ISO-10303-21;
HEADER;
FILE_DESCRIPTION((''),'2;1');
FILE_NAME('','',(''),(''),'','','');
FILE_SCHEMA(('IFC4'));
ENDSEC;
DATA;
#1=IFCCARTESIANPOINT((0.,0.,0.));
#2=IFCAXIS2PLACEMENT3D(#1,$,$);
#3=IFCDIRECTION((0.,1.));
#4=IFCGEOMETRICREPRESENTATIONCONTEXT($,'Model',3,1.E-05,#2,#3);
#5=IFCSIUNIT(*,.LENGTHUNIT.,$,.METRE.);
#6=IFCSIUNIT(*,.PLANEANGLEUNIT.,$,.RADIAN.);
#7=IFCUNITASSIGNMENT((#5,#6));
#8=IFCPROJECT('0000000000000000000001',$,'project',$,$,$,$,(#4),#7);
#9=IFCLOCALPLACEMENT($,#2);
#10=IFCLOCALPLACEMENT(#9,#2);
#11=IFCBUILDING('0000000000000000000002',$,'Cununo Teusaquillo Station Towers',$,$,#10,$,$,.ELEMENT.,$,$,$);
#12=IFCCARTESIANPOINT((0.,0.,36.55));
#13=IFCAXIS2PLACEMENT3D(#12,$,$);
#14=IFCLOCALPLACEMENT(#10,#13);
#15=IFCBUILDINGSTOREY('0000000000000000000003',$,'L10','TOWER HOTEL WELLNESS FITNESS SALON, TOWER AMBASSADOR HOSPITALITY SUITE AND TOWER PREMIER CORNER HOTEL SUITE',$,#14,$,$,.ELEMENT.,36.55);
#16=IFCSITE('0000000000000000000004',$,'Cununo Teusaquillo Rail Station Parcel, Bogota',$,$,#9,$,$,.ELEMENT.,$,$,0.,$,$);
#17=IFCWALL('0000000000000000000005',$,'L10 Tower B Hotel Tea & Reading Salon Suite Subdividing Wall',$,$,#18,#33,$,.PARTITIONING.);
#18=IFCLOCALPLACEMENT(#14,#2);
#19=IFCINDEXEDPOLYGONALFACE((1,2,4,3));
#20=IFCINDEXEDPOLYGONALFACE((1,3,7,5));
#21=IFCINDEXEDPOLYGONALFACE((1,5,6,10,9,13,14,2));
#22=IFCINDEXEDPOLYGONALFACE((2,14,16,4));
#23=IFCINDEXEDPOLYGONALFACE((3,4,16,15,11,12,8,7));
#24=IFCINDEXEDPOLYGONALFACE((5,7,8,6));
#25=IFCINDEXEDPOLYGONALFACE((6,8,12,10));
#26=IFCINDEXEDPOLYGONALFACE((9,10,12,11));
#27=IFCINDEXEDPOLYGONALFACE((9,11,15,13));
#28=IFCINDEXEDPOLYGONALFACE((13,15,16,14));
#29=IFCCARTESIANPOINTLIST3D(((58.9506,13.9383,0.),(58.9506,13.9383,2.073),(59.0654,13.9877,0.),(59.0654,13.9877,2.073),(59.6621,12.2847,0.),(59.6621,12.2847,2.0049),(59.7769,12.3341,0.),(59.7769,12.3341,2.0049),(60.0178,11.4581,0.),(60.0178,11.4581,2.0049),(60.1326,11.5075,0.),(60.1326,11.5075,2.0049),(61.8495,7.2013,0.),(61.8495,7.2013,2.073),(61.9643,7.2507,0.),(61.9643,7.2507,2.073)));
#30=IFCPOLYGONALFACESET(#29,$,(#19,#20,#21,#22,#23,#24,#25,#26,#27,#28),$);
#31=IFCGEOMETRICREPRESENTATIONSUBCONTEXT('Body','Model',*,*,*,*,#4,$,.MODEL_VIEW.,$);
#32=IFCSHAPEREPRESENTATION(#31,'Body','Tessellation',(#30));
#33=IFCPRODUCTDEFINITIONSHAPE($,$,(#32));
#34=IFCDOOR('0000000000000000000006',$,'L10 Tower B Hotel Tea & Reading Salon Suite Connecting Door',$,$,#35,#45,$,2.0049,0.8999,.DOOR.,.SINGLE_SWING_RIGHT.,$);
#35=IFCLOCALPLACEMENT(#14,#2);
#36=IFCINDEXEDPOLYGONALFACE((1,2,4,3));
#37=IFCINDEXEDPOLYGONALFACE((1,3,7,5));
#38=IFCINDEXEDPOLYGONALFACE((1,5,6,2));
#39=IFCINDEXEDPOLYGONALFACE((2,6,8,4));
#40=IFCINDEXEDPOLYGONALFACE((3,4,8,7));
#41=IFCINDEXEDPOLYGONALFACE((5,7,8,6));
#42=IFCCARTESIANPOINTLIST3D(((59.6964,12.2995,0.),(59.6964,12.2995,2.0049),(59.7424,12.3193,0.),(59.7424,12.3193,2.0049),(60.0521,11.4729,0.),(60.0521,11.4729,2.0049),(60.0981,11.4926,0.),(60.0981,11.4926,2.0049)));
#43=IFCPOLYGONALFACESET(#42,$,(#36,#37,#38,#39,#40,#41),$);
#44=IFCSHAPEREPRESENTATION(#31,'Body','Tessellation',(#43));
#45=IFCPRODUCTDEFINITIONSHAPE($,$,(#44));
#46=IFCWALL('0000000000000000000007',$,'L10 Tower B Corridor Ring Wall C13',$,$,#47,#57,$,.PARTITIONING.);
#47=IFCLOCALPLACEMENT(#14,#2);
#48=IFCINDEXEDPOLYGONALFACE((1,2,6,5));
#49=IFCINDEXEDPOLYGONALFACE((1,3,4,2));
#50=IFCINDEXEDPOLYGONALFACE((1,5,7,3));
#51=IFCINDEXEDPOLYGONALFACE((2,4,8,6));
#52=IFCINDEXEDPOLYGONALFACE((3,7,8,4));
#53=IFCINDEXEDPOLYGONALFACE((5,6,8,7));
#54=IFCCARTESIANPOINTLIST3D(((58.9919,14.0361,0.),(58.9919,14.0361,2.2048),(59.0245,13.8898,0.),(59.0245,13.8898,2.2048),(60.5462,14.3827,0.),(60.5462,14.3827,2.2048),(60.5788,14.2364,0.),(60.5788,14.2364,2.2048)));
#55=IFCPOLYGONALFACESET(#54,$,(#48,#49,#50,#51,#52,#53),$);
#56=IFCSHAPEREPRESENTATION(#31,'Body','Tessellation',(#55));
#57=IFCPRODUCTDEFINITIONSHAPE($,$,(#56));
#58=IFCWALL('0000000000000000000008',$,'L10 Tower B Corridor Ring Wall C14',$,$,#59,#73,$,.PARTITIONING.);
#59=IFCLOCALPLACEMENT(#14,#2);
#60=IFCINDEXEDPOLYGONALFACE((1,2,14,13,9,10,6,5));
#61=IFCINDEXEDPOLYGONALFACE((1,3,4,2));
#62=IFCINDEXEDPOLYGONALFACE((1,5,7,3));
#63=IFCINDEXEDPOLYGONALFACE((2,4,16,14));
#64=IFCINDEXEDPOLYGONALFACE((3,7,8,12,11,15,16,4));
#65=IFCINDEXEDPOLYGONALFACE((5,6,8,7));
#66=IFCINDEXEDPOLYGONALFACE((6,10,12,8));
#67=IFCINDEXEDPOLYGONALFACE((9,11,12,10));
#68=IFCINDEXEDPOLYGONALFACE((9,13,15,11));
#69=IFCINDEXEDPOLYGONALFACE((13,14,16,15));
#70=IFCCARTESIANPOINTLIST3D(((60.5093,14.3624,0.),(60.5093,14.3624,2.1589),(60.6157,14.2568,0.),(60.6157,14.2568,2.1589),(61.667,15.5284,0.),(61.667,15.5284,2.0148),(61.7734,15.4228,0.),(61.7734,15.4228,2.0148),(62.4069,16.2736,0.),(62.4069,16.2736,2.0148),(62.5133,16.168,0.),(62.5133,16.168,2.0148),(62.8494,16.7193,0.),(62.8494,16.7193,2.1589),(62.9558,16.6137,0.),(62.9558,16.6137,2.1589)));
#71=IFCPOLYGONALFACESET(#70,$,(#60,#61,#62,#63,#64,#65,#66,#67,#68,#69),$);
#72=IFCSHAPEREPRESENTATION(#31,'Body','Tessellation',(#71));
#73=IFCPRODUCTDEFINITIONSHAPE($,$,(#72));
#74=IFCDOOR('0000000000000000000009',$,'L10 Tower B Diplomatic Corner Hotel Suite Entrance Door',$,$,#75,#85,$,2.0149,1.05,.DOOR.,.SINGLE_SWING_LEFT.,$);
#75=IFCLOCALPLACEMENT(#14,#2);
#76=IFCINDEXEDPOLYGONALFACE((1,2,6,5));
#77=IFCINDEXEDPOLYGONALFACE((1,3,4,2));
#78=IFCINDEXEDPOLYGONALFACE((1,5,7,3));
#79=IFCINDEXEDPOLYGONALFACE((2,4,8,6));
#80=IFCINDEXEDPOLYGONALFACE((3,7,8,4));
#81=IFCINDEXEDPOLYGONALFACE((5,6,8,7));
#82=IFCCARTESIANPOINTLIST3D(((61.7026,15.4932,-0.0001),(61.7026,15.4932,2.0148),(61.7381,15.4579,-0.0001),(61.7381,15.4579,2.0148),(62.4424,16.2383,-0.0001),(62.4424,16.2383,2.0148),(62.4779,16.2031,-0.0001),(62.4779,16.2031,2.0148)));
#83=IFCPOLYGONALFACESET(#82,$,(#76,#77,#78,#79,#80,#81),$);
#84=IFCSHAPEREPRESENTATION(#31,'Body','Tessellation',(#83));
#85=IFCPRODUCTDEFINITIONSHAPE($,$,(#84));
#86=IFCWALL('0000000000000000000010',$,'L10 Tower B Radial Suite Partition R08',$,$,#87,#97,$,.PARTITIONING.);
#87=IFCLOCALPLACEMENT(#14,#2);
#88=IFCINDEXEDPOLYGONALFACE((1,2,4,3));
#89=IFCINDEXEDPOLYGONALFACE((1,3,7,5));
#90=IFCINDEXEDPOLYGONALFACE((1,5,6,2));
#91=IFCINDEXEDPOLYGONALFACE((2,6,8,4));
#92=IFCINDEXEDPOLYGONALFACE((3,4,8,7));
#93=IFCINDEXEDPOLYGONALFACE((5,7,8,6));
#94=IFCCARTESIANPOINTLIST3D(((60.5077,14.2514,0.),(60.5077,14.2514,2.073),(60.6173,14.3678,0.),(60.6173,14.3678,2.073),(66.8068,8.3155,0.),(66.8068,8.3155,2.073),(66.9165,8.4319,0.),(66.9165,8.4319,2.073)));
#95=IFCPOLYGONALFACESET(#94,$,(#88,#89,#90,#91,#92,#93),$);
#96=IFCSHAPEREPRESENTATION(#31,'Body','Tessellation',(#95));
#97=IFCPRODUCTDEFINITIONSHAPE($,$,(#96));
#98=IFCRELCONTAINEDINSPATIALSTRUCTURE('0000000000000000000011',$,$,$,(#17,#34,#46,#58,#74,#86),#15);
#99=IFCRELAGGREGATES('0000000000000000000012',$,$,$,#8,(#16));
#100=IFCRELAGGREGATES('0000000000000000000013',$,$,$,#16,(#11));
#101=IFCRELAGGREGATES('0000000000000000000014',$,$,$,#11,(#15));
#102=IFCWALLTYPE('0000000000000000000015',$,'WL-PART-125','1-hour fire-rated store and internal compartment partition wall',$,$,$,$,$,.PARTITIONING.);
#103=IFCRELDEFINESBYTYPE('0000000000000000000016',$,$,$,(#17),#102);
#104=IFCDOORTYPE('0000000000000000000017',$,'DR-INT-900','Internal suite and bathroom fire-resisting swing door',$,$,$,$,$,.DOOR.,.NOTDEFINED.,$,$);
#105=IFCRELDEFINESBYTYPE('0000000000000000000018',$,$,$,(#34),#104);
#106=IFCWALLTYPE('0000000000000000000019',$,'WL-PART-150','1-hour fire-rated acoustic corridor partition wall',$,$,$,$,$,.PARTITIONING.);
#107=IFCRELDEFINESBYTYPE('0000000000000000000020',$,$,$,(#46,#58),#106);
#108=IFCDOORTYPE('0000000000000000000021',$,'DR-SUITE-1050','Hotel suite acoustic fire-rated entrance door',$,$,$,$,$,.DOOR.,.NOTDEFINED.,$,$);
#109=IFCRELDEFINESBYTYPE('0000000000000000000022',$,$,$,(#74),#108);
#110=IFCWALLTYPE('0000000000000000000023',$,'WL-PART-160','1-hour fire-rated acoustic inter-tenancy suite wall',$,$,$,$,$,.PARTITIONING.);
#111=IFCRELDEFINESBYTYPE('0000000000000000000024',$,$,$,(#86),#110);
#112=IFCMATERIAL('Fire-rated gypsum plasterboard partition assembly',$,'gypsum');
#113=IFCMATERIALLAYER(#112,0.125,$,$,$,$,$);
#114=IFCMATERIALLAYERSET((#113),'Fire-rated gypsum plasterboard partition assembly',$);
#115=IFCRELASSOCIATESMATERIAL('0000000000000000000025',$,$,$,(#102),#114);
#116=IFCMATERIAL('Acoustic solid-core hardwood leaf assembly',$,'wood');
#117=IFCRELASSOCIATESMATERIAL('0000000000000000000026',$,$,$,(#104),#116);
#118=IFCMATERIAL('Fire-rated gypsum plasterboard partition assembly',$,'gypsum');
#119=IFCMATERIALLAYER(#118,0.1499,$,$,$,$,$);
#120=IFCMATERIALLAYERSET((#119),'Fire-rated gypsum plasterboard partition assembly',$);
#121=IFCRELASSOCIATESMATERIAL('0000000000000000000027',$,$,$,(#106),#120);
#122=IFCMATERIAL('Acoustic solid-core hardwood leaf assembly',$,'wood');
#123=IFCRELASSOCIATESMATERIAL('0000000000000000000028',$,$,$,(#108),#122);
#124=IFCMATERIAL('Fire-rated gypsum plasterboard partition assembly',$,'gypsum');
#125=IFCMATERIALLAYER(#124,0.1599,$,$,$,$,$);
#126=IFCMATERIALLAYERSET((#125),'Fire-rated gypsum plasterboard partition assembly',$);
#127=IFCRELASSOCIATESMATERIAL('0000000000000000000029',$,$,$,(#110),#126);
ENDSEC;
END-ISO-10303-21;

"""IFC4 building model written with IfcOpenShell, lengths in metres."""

from ifc_helpers import new_model, si_unit, direction, frame, frame_2d, origin, place, context, subcontext, project, spatial, rectangle, extrude, source, transform, mapped, material, layer, layer_set, type_object, element, fill, save


model = new_model("IFC4")

# Units and contexts
model_context = context("Model", 3, precision=1e-05, world=origin(), true_north=direction((0.0, 1.0)))
body_context = subcontext(model_context, "Body", "Model", "MODEL_VIEW")
ifc_project = project(units=[si_unit("LENGTHUNIT", "METRE"), si_unit("PLANEANGLEUNIT", "RADIAN")], contexts=[model_context])

# Site, building, storey
site_placement = place(None, origin())
site = spatial("IfcSite", under=ifc_project, at=site_placement, Name="Cununo Teusaquillo Rail Station Parcel, Bogota", CompositionType="ELEMENT", RefElevation=0.0)
building_placement = place(site_placement, origin())
building = spatial("IfcBuilding", under=site, at=building_placement, Name="Cununo Teusaquillo Station Towers", CompositionType="ELEMENT")
storey_placement = place(building_placement, frame((0.0, 0.0, 36.55)))
storey = spatial("IfcBuildingStorey", under=building, at=storey_placement, Name="L10", Description="TOWER HOTEL WELLNESS FITNESS SALON, TOWER AMBASSADOR HOSPITALITY SUITE AND TOWER PREMIER CORNER HOTEL SUITE", CompositionType="ELEMENT", Elevation=36.55)

# Wall, opening, door
ifc_material_1 = material(Name="Fire-rated gypsum plasterboard partition assembly", Category="gypsum")
ifc_layer_1 = layer(ifc_material_1, 0.125)
ifc_layer_set_1 = layer_set([ifc_layer_1], Name="Fire-rated gypsum plasterboard partition assembly")
wall_type_1 = type_object("IfcWallType", Name="WL-PART-125", Description="1-hour fire-rated store and internal compartment partition wall", PredefinedType="PARTITIONING", material=ifc_layer_set_1)
wall_1_placement = place(storey_placement, frame((59.0081, 13.9629, 0.0), z_axis=(0.0, 0.0, 1.0), x_axis=(0.395257, -0.918571, 0.0)))
wall_1 = element("IfcWall", 1, at=wall_1_placement, inside=storey, type_object=wall_type_1, Name="L10 Tower B Hotel Tea & Reading Salon Suite Subdividing Wall", PredefinedType="PARTITIONING", context=body_context, shape_type="SweptSolid", body=[
    extrude(rectangle(XDim=7.3342, YDim=0.125, at=frame_2d((3.667, 0.0))), origin(), (0.0, 0.0, 1.0), 2.073),
])
shared_shape_1 = source(origin(), body_context, "Body", "SweptSolid", [
    extrude(rectangle(XDim=0.8999, YDim=2.0049, at=frame_2d((0.45, 1.0024))), frame((0.0, 0.0725, 0.0), z_axis=(0.0, -1.0, 0.0), x_axis=(1.0, 0.0, 0.0)), (0.0, 0.0, 1.0), 0.145),
])
opening_1_placement = place(wall_1_placement, frame((1.8, 0.0, 0.0)))
opening_1 = element("IfcOpeningElement", 2, at=opening_1_placement, cuts=wall_1, PredefinedType="OPENING", context=body_context, shape_type="MappedRepresentation", body=[
    mapped(shared_shape_1, transform((0.0, 0.0, 0.0), x_axis=(1.0, 0.0, 0.0), y_axis=(0.0, 1.0, 0.0), z_axis=(0.0, 0.0, 1.0), scale=1.0)),
])
ifc_material_2 = material(Name="Acoustic solid-core hardwood leaf assembly", Category="wood")
door_type_1 = type_object("IfcDoorType", Name="DR-INT-900", Description="Internal suite and bathroom fire-resisting swing door", OperationType="NOTDEFINED", PredefinedType="DOOR", material=ifc_material_2)
shared_shape_2 = source(origin(), body_context, "Body", "SweptSolid", [
    extrude(rectangle(XDim=0.8999, YDim=2.0049, at=frame_2d((0.45, 1.0024))), frame((0.0, 0.0249, 0.0), z_axis=(0.0, -1.0, 0.0), x_axis=(1.0, 0.0, 0.0)), (0.0, 0.0, 1.0), 0.05),
])
door_1_placement = place(opening_1_placement, origin())
door_1 = element("IfcDoor", 3, at=door_1_placement, inside=storey, type_object=door_type_1, Name="L10 Tower B Hotel Tea & Reading Salon Suite Connecting Door", OperationType="SINGLE_SWING_RIGHT", OverallHeight=2.0049, OverallWidth=0.8999, PredefinedType="DOOR", context=body_context, shape_type="MappedRepresentation", body=[
    mapped(shared_shape_2, transform((0.0, 0.0, 0.0), x_axis=(1.0, 0.0, 0.0), y_axis=(0.0, 1.0, 0.0), z_axis=(0.0, 0.0, 1.0), scale=1.0)),
])
fill(opening_1, door_1)

# Wall
ifc_material_3 = material(Name="Fire-rated gypsum plasterboard partition assembly", Category="gypsum")
ifc_layer_2 = layer(ifc_material_3, 0.1499)
ifc_layer_set_2 = layer_set([ifc_layer_2], Name="Fire-rated gypsum plasterboard partition assembly")
wall_type_2 = type_object("IfcWallType", Name="WL-PART-150", Description="1-hour fire-rated acoustic corridor partition wall", PredefinedType="PARTITIONING", material=ifc_layer_set_2)
wall_2_placement = place(storey_placement, frame((59.0081, 13.9629, 0.0), z_axis=(0.0, 0.0, 1.0), x_axis=(0.976021, 0.217677, 0.0)))
element("IfcWall", 4, at=wall_2_placement, inside=storey, type_object=wall_type_2, Name="L10 Tower B Corridor Ring Wall C13", PredefinedType="PARTITIONING", context=body_context, shape_type="SweptSolid", body=[
    extrude(rectangle(XDim=1.5925, YDim=0.1499, at=frame_2d((0.7964, 0.0))), origin(), (0.0, 0.0, 1.0), 2.2048),
])

# Wall, opening, door
wall_3_placement = place(storey_placement, frame((60.5625, 14.3096, 0.0), z_axis=(0.0, 0.0, 1.0), x_axis=(0.704566, 0.709638, 0.0)))
wall_3 = element("IfcWall", 5, at=wall_3_placement, inside=storey, type_object=wall_type_2, Name="L10 Tower B Corridor Ring Wall C14", PredefinedType="PARTITIONING", context=body_context, shape_type="SweptSolid", body=[
    extrude(rectangle(XDim=3.3213, YDim=0.1499, at=frame_2d((1.6606, 0.0))), origin(), (0.0, 0.0, 1.0), 2.1589),
])
shared_shape_3 = source(origin(), body_context, "Body", "SweptSolid", [
    extrude(rectangle(XDim=1.05, YDim=2.0149, at=frame_2d((0.5249, 1.0073))), frame((0.0, 0.085, 0.0), z_axis=(0.0, -1.0, 0.0), x_axis=(1.0, 0.0, 0.0)), (0.0, 0.0, 1.0), 0.1699),
])
opening_2_placement = place(wall_3_placement, frame((1.6433, 0.0, 0.0)))
opening_2 = element("IfcOpeningElement", 6, at=opening_2_placement, cuts=wall_3, PredefinedType="OPENING", context=body_context, shape_type="MappedRepresentation", body=[
    mapped(shared_shape_3, transform((0.0, 0.0, 0.0), x_axis=(1.0, 0.0, 0.0), y_axis=(0.0, 1.0, 0.0), z_axis=(0.0, 0.0, 1.0), scale=1.0)),
])
ifc_material_4 = material(Name="Acoustic solid-core hardwood leaf assembly", Category="wood")
door_type_2 = type_object("IfcDoorType", Name="DR-SUITE-1050", Description="Hotel suite acoustic fire-rated entrance door", OperationType="NOTDEFINED", PredefinedType="DOOR", material=ifc_material_4)
shared_shape_4 = source(origin(), body_context, "Body", "SweptSolid", [
    extrude(rectangle(XDim=1.05, YDim=2.0149, at=frame_2d((0.5249, 1.0073))), frame((0.0, 0.0249, 0.0), z_axis=(0.0, -1.0, 0.0), x_axis=(1.0, 0.0, 0.0)), (0.0, 0.0, 1.0), 0.05),
])
door_2_placement = place(opening_2_placement, origin())
door_2 = element("IfcDoor", 7, at=door_2_placement, inside=storey, type_object=door_type_2, Name="L10 Tower B Diplomatic Corner Hotel Suite Entrance Door", OperationType="SINGLE_SWING_LEFT", OverallHeight=2.0149, OverallWidth=1.05, PredefinedType="DOOR", context=body_context, shape_type="MappedRepresentation", body=[
    mapped(shared_shape_4, transform((0.0, 0.0, 0.0), x_axis=(1.0, 0.0, 0.0), y_axis=(0.0, 1.0, 0.0), z_axis=(0.0, 0.0, 1.0), scale=1.0)),
])
fill(opening_2, door_2)

# Wall
ifc_material_5 = material(Name="Fire-rated gypsum plasterboard partition assembly", Category="gypsum")
ifc_layer_3 = layer(ifc_material_5, 0.1599)
ifc_layer_set_3 = layer_set([ifc_layer_3], Name="Fire-rated gypsum plasterboard partition assembly")
wall_type_3 = type_object("IfcWallType", Name="WL-PART-160", Description="1-hour fire-rated acoustic inter-tenancy suite wall", PredefinedType="PARTITIONING", material=ifc_layer_set_3)
wall_4_placement = place(storey_placement, frame((60.5625, 14.3096, 0.0), z_axis=(0.0, 0.0, 1.0), x_axis=(0.727782, -0.685809, 0.0)))
element("IfcWall", 8, at=wall_4_placement, inside=storey, type_object=wall_type_3, Name="L10 Tower B Radial Suite Partition R08", PredefinedType="PARTITIONING", context=body_context, shape_type="SweptSolid", body=[
    extrude(rectangle(XDim=8.6553, YDim=0.1599, at=frame_2d((4.3276, 0.0))), origin(), (0.0, 0.0, 1.0), 2.073),
])

save(model, "model.ifc")
